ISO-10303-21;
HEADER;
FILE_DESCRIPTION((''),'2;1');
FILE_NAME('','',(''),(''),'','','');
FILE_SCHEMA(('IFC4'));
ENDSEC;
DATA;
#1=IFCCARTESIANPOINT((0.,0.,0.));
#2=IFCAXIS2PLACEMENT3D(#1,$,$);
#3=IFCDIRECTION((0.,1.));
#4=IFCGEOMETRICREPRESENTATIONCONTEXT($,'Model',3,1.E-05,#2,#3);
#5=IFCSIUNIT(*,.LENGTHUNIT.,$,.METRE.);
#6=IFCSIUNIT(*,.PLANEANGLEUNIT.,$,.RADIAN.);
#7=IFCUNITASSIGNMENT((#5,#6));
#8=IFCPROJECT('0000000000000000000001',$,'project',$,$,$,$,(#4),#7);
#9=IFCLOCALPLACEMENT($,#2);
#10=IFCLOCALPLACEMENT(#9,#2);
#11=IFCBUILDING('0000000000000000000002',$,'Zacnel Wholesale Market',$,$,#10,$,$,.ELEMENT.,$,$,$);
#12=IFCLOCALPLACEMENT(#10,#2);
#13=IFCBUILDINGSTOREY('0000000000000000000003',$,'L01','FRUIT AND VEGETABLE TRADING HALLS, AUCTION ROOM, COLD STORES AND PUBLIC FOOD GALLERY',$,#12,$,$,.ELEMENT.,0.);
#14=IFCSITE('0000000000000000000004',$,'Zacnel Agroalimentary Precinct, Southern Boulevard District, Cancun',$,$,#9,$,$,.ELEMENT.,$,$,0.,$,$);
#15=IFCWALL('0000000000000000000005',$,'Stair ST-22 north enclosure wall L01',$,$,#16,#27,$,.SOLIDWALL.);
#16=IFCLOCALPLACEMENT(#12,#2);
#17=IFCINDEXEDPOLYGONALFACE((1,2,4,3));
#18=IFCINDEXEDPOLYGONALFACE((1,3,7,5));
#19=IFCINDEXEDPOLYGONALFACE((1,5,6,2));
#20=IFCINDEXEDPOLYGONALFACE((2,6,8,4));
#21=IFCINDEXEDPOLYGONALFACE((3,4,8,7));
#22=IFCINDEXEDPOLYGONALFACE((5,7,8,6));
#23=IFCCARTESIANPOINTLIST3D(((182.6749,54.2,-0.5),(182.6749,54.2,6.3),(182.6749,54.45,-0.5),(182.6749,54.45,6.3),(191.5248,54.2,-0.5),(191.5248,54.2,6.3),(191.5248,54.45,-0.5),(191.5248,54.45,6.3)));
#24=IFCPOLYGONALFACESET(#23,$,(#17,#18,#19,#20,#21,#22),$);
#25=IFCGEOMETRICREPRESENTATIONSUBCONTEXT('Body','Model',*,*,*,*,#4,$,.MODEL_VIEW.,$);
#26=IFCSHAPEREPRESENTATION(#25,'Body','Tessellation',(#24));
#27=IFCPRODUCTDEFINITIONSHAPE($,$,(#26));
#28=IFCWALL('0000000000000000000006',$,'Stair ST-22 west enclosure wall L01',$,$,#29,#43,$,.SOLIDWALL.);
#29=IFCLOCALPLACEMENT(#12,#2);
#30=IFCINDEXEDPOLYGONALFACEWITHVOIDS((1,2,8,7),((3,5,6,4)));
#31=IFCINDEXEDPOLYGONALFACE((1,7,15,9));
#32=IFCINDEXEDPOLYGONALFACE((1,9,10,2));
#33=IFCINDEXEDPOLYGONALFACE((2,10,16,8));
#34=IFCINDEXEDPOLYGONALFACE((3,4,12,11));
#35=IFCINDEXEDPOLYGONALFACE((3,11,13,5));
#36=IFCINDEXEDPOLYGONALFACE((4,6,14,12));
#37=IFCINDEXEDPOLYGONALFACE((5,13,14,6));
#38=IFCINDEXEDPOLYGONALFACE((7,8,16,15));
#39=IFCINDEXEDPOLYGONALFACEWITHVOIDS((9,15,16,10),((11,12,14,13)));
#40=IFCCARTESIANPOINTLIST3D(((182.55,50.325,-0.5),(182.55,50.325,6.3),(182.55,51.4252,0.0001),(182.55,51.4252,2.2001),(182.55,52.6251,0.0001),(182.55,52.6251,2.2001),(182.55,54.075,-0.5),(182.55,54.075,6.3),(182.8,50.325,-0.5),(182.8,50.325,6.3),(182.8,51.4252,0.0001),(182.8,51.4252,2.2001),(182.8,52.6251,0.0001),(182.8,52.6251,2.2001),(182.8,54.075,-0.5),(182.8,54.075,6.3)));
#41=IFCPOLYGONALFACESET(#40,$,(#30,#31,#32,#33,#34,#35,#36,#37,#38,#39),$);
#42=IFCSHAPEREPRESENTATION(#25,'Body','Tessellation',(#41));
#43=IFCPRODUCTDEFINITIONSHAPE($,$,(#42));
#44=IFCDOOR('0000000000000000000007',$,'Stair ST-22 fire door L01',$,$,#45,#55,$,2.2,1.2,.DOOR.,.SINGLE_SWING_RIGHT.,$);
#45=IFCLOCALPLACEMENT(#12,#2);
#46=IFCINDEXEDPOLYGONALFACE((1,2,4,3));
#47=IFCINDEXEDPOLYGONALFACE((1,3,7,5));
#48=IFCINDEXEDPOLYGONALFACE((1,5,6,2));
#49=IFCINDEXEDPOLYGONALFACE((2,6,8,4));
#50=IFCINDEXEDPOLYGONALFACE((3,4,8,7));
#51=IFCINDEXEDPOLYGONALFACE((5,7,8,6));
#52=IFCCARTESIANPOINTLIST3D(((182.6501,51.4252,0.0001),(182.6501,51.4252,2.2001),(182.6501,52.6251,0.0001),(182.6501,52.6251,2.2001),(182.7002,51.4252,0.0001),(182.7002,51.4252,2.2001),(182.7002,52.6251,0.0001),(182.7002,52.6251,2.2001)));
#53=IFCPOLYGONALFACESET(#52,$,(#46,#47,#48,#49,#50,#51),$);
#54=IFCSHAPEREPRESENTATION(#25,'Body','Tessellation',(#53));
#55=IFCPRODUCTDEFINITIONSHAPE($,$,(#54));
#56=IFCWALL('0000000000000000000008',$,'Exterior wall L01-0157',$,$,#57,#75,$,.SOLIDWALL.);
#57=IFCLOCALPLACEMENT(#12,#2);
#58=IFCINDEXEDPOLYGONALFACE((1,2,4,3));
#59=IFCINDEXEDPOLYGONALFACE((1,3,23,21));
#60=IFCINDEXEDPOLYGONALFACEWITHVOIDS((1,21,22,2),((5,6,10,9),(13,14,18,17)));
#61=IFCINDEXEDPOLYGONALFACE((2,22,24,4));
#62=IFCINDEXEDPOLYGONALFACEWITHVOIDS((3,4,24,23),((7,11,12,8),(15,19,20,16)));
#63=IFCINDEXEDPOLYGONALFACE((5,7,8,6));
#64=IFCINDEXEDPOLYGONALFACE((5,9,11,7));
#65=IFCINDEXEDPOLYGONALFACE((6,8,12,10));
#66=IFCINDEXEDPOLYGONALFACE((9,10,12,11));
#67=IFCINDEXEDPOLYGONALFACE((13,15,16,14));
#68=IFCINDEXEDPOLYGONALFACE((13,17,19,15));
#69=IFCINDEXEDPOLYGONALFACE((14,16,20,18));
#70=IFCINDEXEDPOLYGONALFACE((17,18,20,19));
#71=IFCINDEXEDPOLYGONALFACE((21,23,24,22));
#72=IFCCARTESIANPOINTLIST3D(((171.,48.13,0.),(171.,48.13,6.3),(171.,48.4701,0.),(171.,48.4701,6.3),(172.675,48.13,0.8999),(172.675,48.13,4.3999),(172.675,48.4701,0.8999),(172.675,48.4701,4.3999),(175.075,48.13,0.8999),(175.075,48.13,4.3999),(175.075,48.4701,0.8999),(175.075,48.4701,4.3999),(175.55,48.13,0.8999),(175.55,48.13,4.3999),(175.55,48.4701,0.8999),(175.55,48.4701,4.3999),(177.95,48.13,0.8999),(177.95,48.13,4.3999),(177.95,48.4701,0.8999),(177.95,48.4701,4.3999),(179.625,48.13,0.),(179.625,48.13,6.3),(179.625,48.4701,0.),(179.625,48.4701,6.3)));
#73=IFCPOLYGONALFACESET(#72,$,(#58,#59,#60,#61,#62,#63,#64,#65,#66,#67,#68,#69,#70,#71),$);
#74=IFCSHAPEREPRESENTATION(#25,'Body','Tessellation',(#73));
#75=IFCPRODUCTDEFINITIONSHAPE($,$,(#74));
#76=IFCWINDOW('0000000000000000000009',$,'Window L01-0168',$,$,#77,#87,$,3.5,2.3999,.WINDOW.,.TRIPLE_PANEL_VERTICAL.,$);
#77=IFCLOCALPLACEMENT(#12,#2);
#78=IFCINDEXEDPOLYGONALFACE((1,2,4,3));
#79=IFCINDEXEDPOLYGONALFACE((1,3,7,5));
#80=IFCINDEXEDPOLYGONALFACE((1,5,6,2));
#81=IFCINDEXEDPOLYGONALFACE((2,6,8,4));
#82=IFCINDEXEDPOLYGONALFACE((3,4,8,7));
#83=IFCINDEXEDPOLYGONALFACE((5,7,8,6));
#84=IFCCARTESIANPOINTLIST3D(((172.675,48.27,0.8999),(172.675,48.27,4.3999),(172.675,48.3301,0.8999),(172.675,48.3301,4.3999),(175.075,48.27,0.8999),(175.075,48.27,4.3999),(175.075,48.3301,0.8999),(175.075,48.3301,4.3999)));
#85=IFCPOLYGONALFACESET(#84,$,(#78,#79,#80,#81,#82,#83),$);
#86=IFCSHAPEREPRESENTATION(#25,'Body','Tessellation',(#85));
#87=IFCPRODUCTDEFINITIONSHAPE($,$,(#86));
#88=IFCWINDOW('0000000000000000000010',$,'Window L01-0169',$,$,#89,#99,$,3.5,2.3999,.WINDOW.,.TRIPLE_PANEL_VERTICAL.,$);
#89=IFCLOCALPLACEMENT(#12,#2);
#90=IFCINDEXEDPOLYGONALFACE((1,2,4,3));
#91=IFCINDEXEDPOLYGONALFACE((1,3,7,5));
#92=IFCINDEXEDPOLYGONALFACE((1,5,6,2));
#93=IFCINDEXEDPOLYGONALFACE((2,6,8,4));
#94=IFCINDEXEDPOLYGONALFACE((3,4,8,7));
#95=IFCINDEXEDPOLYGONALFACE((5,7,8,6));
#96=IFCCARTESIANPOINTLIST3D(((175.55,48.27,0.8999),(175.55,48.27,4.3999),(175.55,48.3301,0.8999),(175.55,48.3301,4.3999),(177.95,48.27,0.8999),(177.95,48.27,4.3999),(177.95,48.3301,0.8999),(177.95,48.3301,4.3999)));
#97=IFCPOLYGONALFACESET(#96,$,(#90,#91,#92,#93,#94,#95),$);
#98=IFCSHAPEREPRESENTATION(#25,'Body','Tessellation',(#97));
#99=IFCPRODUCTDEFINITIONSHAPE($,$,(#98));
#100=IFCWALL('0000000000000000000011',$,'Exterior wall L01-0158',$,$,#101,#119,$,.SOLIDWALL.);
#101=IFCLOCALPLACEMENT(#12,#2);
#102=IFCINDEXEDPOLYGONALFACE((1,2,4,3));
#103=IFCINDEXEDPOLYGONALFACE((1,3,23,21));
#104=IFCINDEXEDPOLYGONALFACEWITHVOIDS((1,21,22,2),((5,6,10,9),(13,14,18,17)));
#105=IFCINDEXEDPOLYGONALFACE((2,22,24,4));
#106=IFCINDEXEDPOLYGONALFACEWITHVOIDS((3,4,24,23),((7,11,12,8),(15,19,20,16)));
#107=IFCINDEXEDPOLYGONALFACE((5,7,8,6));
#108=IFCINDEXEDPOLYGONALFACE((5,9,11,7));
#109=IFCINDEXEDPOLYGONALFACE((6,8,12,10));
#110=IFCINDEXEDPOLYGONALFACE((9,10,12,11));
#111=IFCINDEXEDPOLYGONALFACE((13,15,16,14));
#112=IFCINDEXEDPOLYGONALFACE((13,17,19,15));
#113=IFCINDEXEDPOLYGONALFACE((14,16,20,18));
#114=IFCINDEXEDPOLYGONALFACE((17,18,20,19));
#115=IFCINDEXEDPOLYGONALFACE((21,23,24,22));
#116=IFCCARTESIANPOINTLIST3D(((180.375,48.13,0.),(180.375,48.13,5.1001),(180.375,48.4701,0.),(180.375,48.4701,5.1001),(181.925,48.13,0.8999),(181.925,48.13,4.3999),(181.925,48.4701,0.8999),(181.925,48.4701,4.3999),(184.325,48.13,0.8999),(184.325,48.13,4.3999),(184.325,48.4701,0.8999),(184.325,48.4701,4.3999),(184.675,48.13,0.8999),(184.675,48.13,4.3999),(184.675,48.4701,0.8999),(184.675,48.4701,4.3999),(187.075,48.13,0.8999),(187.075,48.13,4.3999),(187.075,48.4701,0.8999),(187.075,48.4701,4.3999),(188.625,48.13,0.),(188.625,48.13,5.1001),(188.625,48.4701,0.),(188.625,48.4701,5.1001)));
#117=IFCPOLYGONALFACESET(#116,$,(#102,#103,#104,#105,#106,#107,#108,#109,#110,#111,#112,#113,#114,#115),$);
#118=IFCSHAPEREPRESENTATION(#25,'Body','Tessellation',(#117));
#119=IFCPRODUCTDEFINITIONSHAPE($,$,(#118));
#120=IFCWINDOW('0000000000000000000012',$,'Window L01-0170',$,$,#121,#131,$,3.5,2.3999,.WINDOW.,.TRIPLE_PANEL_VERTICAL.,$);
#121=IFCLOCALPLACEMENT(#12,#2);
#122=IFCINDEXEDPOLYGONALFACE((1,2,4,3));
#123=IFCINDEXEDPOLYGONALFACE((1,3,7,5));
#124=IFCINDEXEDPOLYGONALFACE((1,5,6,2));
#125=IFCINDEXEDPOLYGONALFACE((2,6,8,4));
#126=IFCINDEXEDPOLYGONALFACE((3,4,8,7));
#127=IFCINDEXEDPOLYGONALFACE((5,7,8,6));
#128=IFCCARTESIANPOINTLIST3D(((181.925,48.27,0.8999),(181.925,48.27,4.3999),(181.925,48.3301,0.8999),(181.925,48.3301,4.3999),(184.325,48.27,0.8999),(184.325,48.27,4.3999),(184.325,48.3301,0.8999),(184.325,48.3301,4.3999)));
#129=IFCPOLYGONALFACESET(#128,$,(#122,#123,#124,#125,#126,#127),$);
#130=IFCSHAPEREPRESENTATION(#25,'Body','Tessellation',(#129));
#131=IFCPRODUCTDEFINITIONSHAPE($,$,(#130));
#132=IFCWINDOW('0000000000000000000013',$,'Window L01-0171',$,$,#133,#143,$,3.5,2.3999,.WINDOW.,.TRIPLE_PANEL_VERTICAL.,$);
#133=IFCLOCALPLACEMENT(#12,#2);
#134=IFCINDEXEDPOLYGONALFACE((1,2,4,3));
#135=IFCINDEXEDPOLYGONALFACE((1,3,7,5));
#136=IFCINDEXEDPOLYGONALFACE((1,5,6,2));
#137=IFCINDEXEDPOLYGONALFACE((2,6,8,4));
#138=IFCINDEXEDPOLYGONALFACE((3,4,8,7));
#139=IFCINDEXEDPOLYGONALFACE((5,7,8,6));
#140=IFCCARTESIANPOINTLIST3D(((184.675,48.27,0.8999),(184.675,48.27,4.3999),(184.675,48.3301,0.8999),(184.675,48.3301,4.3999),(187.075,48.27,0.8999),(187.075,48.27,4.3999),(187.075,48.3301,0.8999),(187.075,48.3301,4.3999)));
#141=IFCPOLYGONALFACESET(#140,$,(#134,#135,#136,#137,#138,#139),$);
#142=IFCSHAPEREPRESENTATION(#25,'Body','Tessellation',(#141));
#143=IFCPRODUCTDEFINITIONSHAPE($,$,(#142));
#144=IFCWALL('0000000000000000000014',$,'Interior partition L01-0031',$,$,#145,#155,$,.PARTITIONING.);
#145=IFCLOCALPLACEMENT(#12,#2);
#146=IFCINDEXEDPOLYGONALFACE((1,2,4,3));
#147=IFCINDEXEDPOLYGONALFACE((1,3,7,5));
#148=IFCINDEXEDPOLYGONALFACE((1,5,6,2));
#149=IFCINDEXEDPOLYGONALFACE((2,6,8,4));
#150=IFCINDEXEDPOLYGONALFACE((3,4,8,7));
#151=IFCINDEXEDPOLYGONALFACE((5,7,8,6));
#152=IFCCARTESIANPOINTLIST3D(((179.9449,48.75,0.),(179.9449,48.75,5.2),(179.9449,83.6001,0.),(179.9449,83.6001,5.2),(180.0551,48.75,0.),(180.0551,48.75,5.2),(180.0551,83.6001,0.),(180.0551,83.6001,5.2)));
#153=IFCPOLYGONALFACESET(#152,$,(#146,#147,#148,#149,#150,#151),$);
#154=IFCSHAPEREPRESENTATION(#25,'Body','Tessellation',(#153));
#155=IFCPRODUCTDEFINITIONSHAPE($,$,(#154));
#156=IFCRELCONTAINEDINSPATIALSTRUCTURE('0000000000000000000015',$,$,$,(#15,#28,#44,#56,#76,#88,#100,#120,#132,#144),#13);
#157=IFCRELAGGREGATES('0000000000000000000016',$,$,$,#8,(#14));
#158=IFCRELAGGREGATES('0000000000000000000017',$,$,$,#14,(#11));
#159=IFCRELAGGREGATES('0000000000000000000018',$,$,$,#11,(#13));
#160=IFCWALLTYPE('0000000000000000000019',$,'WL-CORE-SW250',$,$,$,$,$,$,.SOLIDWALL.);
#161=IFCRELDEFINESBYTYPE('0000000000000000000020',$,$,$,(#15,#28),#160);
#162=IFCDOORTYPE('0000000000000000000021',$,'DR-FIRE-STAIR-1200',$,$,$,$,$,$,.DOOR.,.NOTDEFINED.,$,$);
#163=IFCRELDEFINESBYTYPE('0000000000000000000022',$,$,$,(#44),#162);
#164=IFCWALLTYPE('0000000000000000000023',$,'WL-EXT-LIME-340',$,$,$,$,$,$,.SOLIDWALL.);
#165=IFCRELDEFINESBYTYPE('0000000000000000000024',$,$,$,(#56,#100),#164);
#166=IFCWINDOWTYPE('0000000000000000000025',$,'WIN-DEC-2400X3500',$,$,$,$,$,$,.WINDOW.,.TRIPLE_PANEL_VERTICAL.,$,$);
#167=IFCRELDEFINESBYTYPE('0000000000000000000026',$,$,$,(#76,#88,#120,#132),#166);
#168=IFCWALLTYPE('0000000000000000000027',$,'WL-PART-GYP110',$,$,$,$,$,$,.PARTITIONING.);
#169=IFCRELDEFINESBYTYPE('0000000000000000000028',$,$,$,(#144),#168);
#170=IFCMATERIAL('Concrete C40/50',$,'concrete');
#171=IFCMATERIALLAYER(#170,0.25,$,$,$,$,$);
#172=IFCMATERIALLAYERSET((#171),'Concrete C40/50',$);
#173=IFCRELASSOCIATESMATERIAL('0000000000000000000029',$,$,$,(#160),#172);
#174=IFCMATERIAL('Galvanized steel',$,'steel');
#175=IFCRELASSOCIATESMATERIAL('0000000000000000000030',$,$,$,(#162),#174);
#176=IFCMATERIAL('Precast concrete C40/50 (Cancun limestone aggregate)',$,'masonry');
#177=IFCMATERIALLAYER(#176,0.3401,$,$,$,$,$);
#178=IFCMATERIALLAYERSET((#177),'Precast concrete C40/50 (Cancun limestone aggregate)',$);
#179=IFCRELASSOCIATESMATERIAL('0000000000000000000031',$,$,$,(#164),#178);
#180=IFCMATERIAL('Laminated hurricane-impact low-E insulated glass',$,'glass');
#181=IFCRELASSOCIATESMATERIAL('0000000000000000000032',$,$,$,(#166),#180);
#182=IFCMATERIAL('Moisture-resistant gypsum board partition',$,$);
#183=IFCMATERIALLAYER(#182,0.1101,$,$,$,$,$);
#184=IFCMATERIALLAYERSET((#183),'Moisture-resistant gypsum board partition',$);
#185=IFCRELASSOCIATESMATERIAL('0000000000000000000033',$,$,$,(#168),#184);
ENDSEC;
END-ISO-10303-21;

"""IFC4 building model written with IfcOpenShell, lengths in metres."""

from ifc_helpers import new_model, si_unit, direction, frame, frame_2d, origin, place, context, subcontext, project, spatial, rectangle, extrude, material, layer, layer_set, type_object, element, fill, save


model = new_model("IFC4")

# Units and contexts
model_context = context("Model", 3, precision=1e-05, world=origin(), true_north=direction((0.0, 1.0)))
body_context = subcontext(model_context, "Body", "Model", "MODEL_VIEW")
ifc_project = project(units=[si_unit("LENGTHUNIT", "METRE"), si_unit("PLANEANGLEUNIT", "RADIAN")], contexts=[model_context])

# Site, building, storey
site_placement = place(None, origin())
site = spatial("IfcSite", under=ifc_project, at=site_placement, Name="Zacnel Agroalimentary Precinct, Southern Boulevard District, Cancun", CompositionType="ELEMENT", RefElevation=0.0)
building_placement = place(site_placement, origin())
building = spatial("IfcBuilding", under=site, at=building_placement, Name="Zacnel Wholesale Market", CompositionType="ELEMENT")
storey_placement = place(building_placement, origin())
storey = spatial("IfcBuildingStorey", under=building, at=storey_placement, Name="L01", Description="FRUIT AND VEGETABLE TRADING HALLS, AUCTION ROOM, COLD STORES AND PUBLIC FOOD GALLERY", CompositionType="ELEMENT", Elevation=0.0)

# Wall
ifc_material_1 = material(Name="Concrete C40/50", Category="concrete")
ifc_layer_1 = layer(ifc_material_1, 0.25)
ifc_layer_set_1 = layer_set([ifc_layer_1], Name="Concrete C40/50")
wall_type_1 = type_object("IfcWallType", Name="WL-CORE-SW250", PredefinedType="SOLIDWALL", material=ifc_layer_set_1)
for number, where, z_axis, x_axis, name in (
    (1, (182.675, 54.325, -0.5), (0.0, 0.0, 1.0), (1.0, 0.0, 0.0), "Stair ST-22 north enclosure wall L01"),
):
    element("IfcWall", number, at=place(storey_placement, frame(where, z_axis=z_axis, x_axis=x_axis)), inside=storey, type_object=wall_type_1, Name=name, PredefinedType="SOLIDWALL", context=body_context, shape_type="SweptSolid", body=[
        extrude(rectangle(XDim=8.8499, YDim=0.25, at=frame_2d((4.4248, 0.0))), origin(), (0.0, 0.0, 1.0), 6.8),
    ])

# Wall, opening, door
wall_1_placement = place(storey_placement, frame((182.675, 50.325, -0.5), z_axis=(0.0, 0.0, 1.0), x_axis=(0.0, 1.0, 0.0)))
wall_1 = element("IfcWall", 2, at=wall_1_placement, inside=storey, type_object=wall_type_1, Name="Stair ST-22 west enclosure wall L01", PredefinedType="SOLIDWALL", context=body_context, shape_type="SweptSolid", body=[
    extrude(rectangle(XDim=3.75, YDim=0.25, at=frame_2d((1.875, 0.0))), origin(), (0.0, 0.0, 1.0), 6.8),
])
opening_1_placement = place(wall_1_placement, frame((1.1001, 0.0, 0.5)))
opening_1 = element("IfcOpeningElement", 3, at=opening_1_placement, cuts=wall_1, PredefinedType="OPENING", context=body_context, shape_type="SweptSolid", body=[
    extrude(rectangle(XDim=1.2, YDim=2.2, at=frame_2d((0.6001, 1.1001))), frame((0.0, 0.135, 0.0), z_axis=(0.0, -1.0, 0.0), x_axis=(1.0, 0.0, 0.0)), (0.0, 0.0, 1.0), 0.27),
])
ifc_material_2 = material(Name="Galvanized steel", Category="steel")
door_type = type_object("IfcDoorType", Name="DR-FIRE-STAIR-1200", OperationType="NOTDEFINED", PredefinedType="DOOR", material=ifc_material_2)
door_placement = place(opening_1_placement, origin())
door = element("IfcDoor", 4, at=door_placement, inside=storey, type_object=door_type, Name="Stair ST-22 fire door L01", OperationType="SINGLE_SWING_RIGHT", OverallHeight=2.2, OverallWidth=1.2, PredefinedType="DOOR", context=body_context, shape_type="SweptSolid", body=[
    extrude(rectangle(XDim=1.2, YDim=2.2, at=frame_2d((0.6001, 1.1001))), frame((0.0, 0.0249, 0.0), z_axis=(0.0, -1.0, 0.0), x_axis=(1.0, 0.0, 0.0)), (0.0, 0.0, 1.0), 0.05),
])
fill(opening_1, door)

# Walls, openings, windows
ifc_material_3 = material(Name="Precast concrete C40/50 (Cancun limestone aggregate)", Category="masonry")
ifc_layer_2 = layer(ifc_material_3, 0.3401)
ifc_layer_set_2 = layer_set([ifc_layer_2], Name="Precast concrete C40/50 (Cancun limestone aggregate)")
wall_type_2 = type_object("IfcWallType", Name="WL-EXT-LIME-340", PredefinedType="SOLIDWALL", material=ifc_layer_set_2)
wall_2_placement = place(storey_placement, frame((171.0, 48.3, 0.0), z_axis=(0.0, 0.0, 1.0), x_axis=(1.0, 0.0, 0.0)))
wall_2 = element("IfcWall", 5, at=wall_2_placement, inside=storey, type_object=wall_type_2, Name="Exterior wall L01-0157", PredefinedType="SOLIDWALL", context=body_context, shape_type="SweptSolid", body=[
    extrude(rectangle(XDim=8.625, YDim=0.3401, at=frame_2d((4.3125, 0.0))), origin(), (0.0, 0.0, 1.0), 6.3),
])
opening_2_placement = place(wall_2_placement, frame((1.675, 0.0, 0.8999)))
opening_2 = element("IfcOpeningElement", 6, at=opening_2_placement, cuts=wall_2, PredefinedType="OPENING", context=body_context, shape_type="SweptSolid", body=[
    extrude(rectangle(XDim=2.3999, YDim=3.5, at=frame_2d((1.2, 1.75))), frame((0.0, 0.1799, 0.0), z_axis=(0.0, -1.0, 0.0), x_axis=(1.0, 0.0, 0.0)), (0.0, 0.0, 1.0), 0.3601),
])
opening_3_placement = place(wall_2_placement, frame((4.55, 0.0, 0.8999)))
opening_3 = element("IfcOpeningElement", 7, at=opening_3_placement, cuts=wall_2, PredefinedType="OPENING", context=body_context, shape_type="SweptSolid", body=[
    extrude(rectangle(XDim=2.3999, YDim=3.5, at=frame_2d((1.2, 1.75))), frame((0.0, 0.1799, 0.0), z_axis=(0.0, -1.0, 0.0), x_axis=(1.0, 0.0, 0.0)), (0.0, 0.0, 1.0), 0.3601),
])
ifc_material_4 = material(Name="Laminated hurricane-impact low-E insulated glass", Category="glass")
window_type = type_object("IfcWindowType", Name="WIN-DEC-2400X3500", PartitioningType="TRIPLE_PANEL_VERTICAL", PredefinedType="WINDOW", material=ifc_material_4)
window_1_placement = place(opening_2_placement, origin())
window_1 = element("IfcWindow", 8, at=window_1_placement, inside=storey, type_object=window_type, Name="Window L01-0168", OverallHeight=3.5, OverallWidth=2.3999, PartitioningType="TRIPLE_PANEL_VERTICAL", PredefinedType="WINDOW", context=body_context, shape_type="SweptSolid", body=[
    extrude(rectangle(XDim=2.3999, YDim=3.5, at=frame_2d((1.2, 1.75))), frame((0.0, 0.03, 0.0), z_axis=(0.0, -1.0, 0.0), x_axis=(1.0, 0.0, 0.0)), (0.0, 0.0, 1.0), 0.0601),
])
fill(opening_2, window_1)
window_2_placement = place(opening_3_placement, origin())
window_2 = element("IfcWindow", 9, at=window_2_placement, inside=storey, type_object=window_type, Name="Window L01-0169", OverallHeight=3.5, OverallWidth=2.3999, PartitioningType="TRIPLE_PANEL_VERTICAL", PredefinedType="WINDOW", context=body_context, shape_type="SweptSolid", body=[
    extrude(rectangle(XDim=2.3999, YDim=3.5, at=frame_2d((1.2, 1.75))), frame((0.0, 0.03, 0.0), z_axis=(0.0, -1.0, 0.0), x_axis=(1.0, 0.0, 0.0)), (0.0, 0.0, 1.0), 0.0601),
])
fill(opening_3, window_2)
wall_3_placement = place(storey_placement, frame((180.375, 48.3, 0.0), z_axis=(0.0, 0.0, 1.0), x_axis=(1.0, 0.0, 0.0)))
wall_3 = element("IfcWall", 10, at=wall_3_placement, inside=storey, type_object=wall_type_2, Name="Exterior wall L01-0158", PredefinedType="SOLIDWALL", context=body_context, shape_type="SweptSolid", body=[
    extrude(rectangle(XDim=8.25, YDim=0.3401, at=frame_2d((4.125, 0.0))), origin(), (0.0, 0.0, 1.0), 5.1001),
])
opening_4_placement = place(wall_3_placement, frame((1.55, 0.0, 0.8999)))
opening_4 = element("IfcOpeningElement", 11, at=opening_4_placement, cuts=wall_3, PredefinedType="OPENING", context=body_context, shape_type="SweptSolid", body=[
    extrude(rectangle(XDim=2.3999, YDim=3.5, at=frame_2d((1.2, 1.75))), frame((0.0, 0.1799, 0.0), z_axis=(0.0, -1.0, 0.0), x_axis=(1.0, 0.0, 0.0)), (0.0, 0.0, 1.0), 0.3601),
])
opening_5_placement = place(wall_3_placement, frame((4.3, 0.0, 0.8999)))
opening_5 = element("IfcOpeningElement", 12, at=opening_5_placement, cuts=wall_3, PredefinedType="OPENING", context=body_context, shape_type="SweptSolid", body=[
    extrude(rectangle(XDim=2.3999, YDim=3.5, at=frame_2d((1.2, 1.75))), frame((0.0, 0.1799, 0.0), z_axis=(0.0, -1.0, 0.0), x_axis=(1.0, 0.0, 0.0)), (0.0, 0.0, 1.0), 0.3601),
])
window_3_placement = place(opening_4_placement, origin())
window_3 = element("IfcWindow", 13, at=window_3_placement, inside=storey, type_object=window_type, Name="Window L01-0170", OverallHeight=3.5, OverallWidth=2.3999, PartitioningType="TRIPLE_PANEL_VERTICAL", PredefinedType="WINDOW", context=body_context, shape_type="SweptSolid", body=[
    extrude(rectangle(XDim=2.3999, YDim=3.5, at=frame_2d((1.2, 1.75))), frame((0.0, 0.03, 0.0), z_axis=(0.0, -1.0, 0.0), x_axis=(1.0, 0.0, 0.0)), (0.0, 0.0, 1.0), 0.0601),
])
fill(opening_4, window_3)
window_4_placement = place(opening_5_placement, origin())
window_4 = element("IfcWindow", 14, at=window_4_placement, inside=storey, type_object=window_type, Name="Window L01-0171", OverallHeight=3.5, OverallWidth=2.3999, PartitioningType="TRIPLE_PANEL_VERTICAL", PredefinedType="WINDOW", context=body_context, shape_type="SweptSolid", body=[
    extrude(rectangle(XDim=2.3999, YDim=3.5, at=frame_2d((1.2, 1.75))), frame((0.0, 0.03, 0.0), z_axis=(0.0, -1.0, 0.0), x_axis=(1.0, 0.0, 0.0)), (0.0, 0.0, 1.0), 0.0601),
])
fill(opening_5, window_4)

# Wall
ifc_material_5 = material(Name="Moisture-resistant gypsum board partition")
ifc_layer_3 = layer(ifc_material_5, 0.1101)
ifc_layer_set_3 = layer_set([ifc_layer_3], Name="Moisture-resistant gypsum board partition")
wall_type_3 = type_object("IfcWallType", Name="WL-PART-GYP110", PredefinedType="PARTITIONING", material=ifc_layer_set_3)
wall_4_placement = place(storey_placement, frame((180.0, 48.75, 0.0), z_axis=(0.0, 0.0, 1.0), x_axis=(0.0, 1.0, 0.0)))
element("IfcWall", 15, at=wall_4_placement, inside=storey, type_object=wall_type_3, Name="Interior partition L01-0031", PredefinedType="PARTITIONING", context=body_context, shape_type="SweptSolid", body=[
    extrude(rectangle(XDim=34.8501, YDim=0.1101, at=frame_2d((17.425, 0.0))), origin(), (0.0, 0.0, 1.0), 5.2),
])

save(model, "model.ifc")
